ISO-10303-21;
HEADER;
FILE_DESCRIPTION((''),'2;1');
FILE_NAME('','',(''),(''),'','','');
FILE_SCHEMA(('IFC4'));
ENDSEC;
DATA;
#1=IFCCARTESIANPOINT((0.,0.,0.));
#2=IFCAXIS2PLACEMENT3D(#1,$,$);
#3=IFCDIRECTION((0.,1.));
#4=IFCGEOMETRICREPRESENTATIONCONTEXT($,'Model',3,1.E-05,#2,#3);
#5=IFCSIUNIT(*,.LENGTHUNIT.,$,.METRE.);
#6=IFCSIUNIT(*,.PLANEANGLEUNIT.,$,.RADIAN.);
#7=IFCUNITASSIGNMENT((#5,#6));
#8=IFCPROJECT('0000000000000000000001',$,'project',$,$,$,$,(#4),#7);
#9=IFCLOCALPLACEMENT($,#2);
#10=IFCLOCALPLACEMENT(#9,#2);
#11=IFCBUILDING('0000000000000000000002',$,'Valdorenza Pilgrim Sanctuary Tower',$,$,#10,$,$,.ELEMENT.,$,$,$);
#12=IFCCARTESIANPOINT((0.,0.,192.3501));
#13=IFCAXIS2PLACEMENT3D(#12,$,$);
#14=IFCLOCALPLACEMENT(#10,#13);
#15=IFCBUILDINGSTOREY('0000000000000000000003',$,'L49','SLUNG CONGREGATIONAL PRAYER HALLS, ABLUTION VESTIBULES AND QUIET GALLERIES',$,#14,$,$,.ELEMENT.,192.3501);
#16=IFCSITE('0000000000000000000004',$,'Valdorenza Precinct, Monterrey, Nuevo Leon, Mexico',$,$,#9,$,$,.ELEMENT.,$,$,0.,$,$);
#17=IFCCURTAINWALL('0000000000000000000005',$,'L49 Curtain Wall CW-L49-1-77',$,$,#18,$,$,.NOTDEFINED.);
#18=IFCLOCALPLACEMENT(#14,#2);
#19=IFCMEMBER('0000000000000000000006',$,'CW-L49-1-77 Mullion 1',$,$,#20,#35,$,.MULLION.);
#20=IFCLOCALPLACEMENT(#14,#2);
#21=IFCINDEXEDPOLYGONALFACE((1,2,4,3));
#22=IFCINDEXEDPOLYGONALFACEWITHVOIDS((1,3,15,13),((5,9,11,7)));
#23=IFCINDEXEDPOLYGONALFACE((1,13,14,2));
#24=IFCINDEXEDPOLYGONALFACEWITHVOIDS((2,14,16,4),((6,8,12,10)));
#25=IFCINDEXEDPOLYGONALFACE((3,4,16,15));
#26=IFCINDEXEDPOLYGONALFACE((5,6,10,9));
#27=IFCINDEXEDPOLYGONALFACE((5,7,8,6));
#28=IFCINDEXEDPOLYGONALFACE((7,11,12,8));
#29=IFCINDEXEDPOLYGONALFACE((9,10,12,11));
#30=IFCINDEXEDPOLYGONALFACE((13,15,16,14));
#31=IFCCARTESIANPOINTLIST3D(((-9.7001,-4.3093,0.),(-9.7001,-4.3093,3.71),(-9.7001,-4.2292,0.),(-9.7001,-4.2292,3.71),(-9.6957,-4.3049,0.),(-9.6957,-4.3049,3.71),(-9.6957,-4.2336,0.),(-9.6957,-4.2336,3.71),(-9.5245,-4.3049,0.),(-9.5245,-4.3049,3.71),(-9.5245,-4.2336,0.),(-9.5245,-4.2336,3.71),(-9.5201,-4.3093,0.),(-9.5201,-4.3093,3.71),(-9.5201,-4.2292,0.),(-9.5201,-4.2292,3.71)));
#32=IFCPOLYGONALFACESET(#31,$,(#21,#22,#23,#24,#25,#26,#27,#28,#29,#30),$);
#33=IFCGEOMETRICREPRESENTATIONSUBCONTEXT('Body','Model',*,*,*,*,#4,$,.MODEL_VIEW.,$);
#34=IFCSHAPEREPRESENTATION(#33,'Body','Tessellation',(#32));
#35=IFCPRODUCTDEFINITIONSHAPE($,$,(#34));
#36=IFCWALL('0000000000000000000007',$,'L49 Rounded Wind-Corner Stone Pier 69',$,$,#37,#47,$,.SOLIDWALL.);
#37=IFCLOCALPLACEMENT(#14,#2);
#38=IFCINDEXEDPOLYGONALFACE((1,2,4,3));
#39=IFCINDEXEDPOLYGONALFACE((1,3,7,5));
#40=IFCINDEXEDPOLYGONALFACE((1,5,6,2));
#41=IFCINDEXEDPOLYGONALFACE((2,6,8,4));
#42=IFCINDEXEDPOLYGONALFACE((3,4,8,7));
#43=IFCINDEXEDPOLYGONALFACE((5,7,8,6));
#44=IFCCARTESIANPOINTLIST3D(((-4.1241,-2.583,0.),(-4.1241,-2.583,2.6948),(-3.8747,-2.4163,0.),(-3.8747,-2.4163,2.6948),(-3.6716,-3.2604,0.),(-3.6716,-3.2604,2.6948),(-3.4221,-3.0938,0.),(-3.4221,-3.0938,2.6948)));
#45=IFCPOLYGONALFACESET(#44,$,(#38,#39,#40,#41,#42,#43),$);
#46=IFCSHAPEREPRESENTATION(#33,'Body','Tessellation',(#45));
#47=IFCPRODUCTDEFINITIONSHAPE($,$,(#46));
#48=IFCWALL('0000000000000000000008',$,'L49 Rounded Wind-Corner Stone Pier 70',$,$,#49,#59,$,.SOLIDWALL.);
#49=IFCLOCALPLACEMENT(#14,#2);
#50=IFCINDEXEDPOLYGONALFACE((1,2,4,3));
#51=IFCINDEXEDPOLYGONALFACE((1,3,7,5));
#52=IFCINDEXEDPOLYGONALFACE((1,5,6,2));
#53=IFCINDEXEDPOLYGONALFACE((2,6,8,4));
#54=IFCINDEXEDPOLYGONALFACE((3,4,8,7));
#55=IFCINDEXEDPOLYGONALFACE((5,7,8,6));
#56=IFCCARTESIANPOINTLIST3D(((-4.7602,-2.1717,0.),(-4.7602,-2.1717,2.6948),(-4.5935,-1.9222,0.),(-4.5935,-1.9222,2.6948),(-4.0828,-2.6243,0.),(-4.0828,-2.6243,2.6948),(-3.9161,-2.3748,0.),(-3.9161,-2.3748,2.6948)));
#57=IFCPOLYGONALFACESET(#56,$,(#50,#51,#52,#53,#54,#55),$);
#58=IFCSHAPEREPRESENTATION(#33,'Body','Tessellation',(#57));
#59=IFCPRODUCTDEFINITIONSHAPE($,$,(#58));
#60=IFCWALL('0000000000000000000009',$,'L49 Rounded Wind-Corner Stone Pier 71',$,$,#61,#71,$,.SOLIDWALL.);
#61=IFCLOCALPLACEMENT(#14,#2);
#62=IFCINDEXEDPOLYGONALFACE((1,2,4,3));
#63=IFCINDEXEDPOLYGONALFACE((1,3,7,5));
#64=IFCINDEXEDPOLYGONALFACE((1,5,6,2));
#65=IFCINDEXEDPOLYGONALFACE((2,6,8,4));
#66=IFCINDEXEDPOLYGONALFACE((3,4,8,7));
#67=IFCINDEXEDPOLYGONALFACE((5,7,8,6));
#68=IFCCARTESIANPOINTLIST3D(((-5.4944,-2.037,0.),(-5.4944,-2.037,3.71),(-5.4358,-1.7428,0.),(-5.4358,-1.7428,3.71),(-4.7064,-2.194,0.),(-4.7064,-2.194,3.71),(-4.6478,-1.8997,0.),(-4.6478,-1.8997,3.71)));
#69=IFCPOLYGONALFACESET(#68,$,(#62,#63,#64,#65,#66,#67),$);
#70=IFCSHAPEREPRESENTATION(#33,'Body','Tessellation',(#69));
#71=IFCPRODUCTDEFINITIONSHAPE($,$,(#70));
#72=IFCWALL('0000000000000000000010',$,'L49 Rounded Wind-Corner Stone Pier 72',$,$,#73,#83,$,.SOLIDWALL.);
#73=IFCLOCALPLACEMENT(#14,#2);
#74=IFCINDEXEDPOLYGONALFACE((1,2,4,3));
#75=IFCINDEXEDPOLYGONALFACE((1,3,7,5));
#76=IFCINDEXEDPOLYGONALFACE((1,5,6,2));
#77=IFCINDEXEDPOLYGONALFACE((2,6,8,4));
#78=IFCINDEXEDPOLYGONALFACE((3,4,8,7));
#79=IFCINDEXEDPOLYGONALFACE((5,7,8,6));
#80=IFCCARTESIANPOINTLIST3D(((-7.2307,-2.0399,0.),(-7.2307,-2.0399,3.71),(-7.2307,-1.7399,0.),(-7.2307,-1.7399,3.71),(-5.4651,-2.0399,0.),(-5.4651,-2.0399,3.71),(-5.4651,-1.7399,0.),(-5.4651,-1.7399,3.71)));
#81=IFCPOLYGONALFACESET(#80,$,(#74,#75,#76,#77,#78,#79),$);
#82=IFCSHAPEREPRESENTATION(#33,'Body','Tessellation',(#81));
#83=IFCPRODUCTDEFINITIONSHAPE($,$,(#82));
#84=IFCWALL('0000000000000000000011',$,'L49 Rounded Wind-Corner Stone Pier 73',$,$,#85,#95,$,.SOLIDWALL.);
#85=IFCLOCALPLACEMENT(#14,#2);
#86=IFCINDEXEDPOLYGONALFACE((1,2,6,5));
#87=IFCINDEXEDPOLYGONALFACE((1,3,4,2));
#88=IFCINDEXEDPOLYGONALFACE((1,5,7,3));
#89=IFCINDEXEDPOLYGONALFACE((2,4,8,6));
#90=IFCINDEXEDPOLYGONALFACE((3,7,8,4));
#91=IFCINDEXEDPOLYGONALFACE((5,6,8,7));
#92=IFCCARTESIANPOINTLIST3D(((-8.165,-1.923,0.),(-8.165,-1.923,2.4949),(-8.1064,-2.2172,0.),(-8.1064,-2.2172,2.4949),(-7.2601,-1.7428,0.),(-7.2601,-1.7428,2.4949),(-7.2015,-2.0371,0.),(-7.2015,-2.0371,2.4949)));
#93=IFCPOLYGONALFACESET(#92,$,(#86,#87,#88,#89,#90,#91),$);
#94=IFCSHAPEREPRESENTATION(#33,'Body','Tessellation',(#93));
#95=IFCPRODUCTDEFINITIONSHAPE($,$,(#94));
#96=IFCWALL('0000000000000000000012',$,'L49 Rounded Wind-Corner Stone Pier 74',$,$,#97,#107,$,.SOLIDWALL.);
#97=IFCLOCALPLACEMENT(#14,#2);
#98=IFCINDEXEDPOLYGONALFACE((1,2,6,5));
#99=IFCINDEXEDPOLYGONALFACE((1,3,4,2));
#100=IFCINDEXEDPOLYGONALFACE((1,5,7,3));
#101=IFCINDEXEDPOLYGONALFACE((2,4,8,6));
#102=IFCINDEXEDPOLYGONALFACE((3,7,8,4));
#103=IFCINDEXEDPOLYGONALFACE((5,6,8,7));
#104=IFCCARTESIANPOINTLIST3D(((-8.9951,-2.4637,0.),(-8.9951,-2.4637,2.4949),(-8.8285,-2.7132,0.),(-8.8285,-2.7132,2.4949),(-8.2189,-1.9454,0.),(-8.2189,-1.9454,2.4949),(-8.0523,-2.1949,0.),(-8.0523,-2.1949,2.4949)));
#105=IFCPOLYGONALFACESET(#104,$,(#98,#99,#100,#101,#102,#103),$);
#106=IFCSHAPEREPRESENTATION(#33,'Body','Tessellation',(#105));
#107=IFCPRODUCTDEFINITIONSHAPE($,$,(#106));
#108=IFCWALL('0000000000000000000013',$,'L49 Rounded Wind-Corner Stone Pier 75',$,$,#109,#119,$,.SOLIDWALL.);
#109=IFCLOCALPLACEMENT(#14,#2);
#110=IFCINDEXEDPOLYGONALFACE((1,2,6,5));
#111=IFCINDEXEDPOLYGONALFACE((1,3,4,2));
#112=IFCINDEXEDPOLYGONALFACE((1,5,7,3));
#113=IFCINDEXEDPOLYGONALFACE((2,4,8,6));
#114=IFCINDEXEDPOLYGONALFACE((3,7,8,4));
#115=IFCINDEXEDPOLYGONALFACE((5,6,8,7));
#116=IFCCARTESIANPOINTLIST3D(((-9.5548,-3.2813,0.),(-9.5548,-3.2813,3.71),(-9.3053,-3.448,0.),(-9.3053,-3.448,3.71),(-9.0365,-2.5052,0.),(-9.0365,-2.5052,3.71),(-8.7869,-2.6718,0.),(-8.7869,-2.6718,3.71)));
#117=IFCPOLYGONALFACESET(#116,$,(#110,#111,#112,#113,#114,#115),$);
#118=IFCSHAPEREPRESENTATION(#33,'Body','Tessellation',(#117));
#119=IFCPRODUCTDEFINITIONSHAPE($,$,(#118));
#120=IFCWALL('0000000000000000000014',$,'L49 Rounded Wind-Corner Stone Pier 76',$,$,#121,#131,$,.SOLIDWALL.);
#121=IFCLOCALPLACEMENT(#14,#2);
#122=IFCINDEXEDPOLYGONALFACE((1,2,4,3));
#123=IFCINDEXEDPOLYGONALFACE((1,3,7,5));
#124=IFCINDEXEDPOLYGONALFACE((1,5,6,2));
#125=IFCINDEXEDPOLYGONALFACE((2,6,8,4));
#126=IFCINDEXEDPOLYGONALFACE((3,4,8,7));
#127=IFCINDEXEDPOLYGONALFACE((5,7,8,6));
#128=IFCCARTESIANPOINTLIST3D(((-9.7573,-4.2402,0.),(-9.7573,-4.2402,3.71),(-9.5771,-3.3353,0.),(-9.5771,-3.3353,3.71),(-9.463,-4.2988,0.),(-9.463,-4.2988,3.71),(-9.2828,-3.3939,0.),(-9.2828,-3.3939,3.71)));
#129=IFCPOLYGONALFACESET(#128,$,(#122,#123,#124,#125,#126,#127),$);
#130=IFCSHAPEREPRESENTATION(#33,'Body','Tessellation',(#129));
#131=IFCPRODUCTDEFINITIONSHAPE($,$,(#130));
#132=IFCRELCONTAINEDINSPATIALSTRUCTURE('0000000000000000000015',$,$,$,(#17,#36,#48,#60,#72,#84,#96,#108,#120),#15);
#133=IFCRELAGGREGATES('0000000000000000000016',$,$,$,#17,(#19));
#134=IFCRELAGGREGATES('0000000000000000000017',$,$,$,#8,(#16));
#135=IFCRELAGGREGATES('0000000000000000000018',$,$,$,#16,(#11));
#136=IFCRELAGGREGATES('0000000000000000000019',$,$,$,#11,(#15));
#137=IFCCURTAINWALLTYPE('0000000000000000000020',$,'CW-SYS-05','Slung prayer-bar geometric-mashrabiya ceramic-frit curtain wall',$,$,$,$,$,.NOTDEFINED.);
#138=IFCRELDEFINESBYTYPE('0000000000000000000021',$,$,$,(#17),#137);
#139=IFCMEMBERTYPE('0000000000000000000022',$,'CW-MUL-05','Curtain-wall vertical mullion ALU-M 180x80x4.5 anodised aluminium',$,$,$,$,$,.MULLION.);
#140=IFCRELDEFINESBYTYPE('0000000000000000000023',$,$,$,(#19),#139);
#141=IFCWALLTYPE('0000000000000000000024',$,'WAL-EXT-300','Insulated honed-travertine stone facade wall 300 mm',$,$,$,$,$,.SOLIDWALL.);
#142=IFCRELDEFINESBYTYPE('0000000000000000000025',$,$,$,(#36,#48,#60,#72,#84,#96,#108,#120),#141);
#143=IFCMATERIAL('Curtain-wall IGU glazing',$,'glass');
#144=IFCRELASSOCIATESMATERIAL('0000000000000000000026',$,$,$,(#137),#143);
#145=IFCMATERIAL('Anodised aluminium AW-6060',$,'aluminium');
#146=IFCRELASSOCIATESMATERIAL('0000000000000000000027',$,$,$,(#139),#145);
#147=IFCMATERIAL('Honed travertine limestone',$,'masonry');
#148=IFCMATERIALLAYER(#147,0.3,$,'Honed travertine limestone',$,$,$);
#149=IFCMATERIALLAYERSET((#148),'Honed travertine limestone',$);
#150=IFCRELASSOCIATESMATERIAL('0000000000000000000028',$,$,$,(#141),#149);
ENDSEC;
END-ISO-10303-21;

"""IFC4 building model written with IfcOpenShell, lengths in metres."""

from ifc_helpers import new_model, si_unit, direction, frame, frame_2d, origin, origin_2d, place, context, subcontext, project, spatial, rectangle, hollow_rectangle, extrude, source, transform, mapped, material, layer, layer_set, material_profile, profile_set, type_object, element, aggregate, save


model = new_model("IFC4")

# Units and contexts
model_context = context("Model", 3, precision=1e-05, world=origin(), true_north=direction((0.0, 1.0)))
body_context = subcontext(model_context, "Body", "Model", "MODEL_VIEW")
ifc_project = project(units=[si_unit("LENGTHUNIT", "METRE"), si_unit("PLANEANGLEUNIT", "RADIAN")], contexts=[model_context])

# Site, building, storey
site_placement = place(None, origin())
site = spatial("IfcSite", under=ifc_project, at=site_placement, Name="Valdorenza Precinct, Monterrey, Nuevo Leon, Mexico", CompositionType="ELEMENT", RefElevation=0.0)
building_placement = place(site_placement, origin())
building = spatial("IfcBuilding", under=site, at=building_placement, Name="Valdorenza Pilgrim Sanctuary Tower", CompositionType="ELEMENT")
storey_placement = place(building_placement, frame((0.0, 0.0, 192.3501)))
storey = spatial("IfcBuildingStorey", under=building, at=storey_placement, Name="L49", Description="SLUNG CONGREGATIONAL PRAYER HALLS, ABLUTION VESTIBULES AND QUIET GALLERIES", CompositionType="ELEMENT", Elevation=192.3501)

# Curtain wall, member
ifc_material_1 = material(Name="Curtain-wall IGU glazing", Category="glass")
curtain_wall_type = type_object("IfcCurtainWallType", Name="CW-SYS-05", Description="Slung prayer-bar geometric-mashrabiya ceramic-frit curtain wall", PredefinedType="NOTDEFINED", material=ifc_material_1)
curtain_wall_placement = place(storey_placement, origin())
curtain_wall = element("IfcCurtainWall", 1, at=curtain_wall_placement, inside=storey, type_object=curtain_wall_type, Name="L49 Curtain Wall CW-L49-1-77", PredefinedType="NOTDEFINED")
ifc_material_2 = material(Name="Anodised aluminium AW-6060", Category="aluminium")
ifc_material_profile_1 = material_profile(ifc_material_2, hollow_rectangle(XDim=0.0801, YDim=0.1799, WallThickness=0.0044, at=origin_2d()), Name="ALU-M 180x80x4.5")
ifc_profile_set_1 = profile_set([ifc_material_profile_1], Name="Anodised aluminium AW-6060")
member_type_1 = type_object("IfcMemberType", Name="CW-MUL-05", Description="Curtain-wall vertical mullion ALU-M 180x80x4.5 anodised aluminium", PredefinedType="MULLION", material=ifc_profile_set_1)
shared_shape_1 = source(origin(), body_context, "Body", "SweptSolid", [
    extrude(hollow_rectangle(XDim=0.0801, YDim=0.1799, WallThickness=0.0044, at=origin_2d()), origin(), (0.0, 0.0, 1.0), 3.71),
])
member_1_placement = place(storey_placement, frame((-9.6101, -4.2693, 0.0), z_axis=(0.0, 0.0, 1.0), x_axis=(0.0, -1.0, 0.0)))
member_1 = element("IfcMember", 2, at=member_1_placement, type_object=member_type_1, Name="CW-L49-1-77 Mullion 1", PredefinedType="MULLION", context=body_context, shape_type="MappedRepresentation", body=[
    mapped(shared_shape_1, transform((0.0, 0.0, 0.0), x_axis=(1.0, 0.0, 0.0), y_axis=(0.0, 1.0, 0.0), z_axis=(0.0, 0.0, 1.0), scale=1.0)),
])
aggregate(curtain_wall, [member_1])

# Walls
ifc_material_3 = material(Name="Honed travertine limestone", Category="masonry")
ifc_layer = layer(ifc_material_3, 0.3, Name="Honed travertine limestone")
ifc_layer_set = layer_set([ifc_layer], Name="Honed travertine limestone")
wall_type = type_object("IfcWallType", Name="WAL-EXT-300", Description="Insulated honed-travertine stone facade wall 300 mm", PredefinedType="SOLIDWALL", material=ifc_layer_set)
for number, where, z_axis, x_axis, name in (
    (3, (-3.5469, -3.177, 0.0), (0.0, 0.0, 1.0), (-0.55553, 0.831497, 0.0), "L49 Rounded Wind-Corner Stone Pier 69"),
    (4, (-3.9995, -2.4995, 0.0), (0.0, 0.0, 1.0), (-0.831497, 0.55553, 0.0), "L49 Rounded Wind-Corner Stone Pier 70"),
):
    element("IfcWall", number, at=place(storey_placement, frame(where, z_axis=z_axis, x_axis=x_axis)), inside=storey, type_object=wall_type, Name=name, PredefinedType="SOLIDWALL", context=body_context, shape_type="SweptSolid", body=[
        extrude(rectangle(XDim=0.8147, YDim=0.3, at=frame_2d((0.4072, 0.0))), origin(), (0.0, 0.0, 1.0), 2.6948),
    ])
wall_1_placement = place(storey_placement, frame((-4.677, -2.0469, 0.0), z_axis=(0.0, 0.0, 1.0), x_axis=(-0.980732, 0.195357, 0.0)))
element("IfcWall", 5, at=wall_1_placement, inside=storey, type_object=wall_type, Name="L49 Rounded Wind-Corner Stone Pier 71", PredefinedType="SOLIDWALL", context=body_context, shape_type="SweptSolid", body=[
    extrude(rectangle(XDim=0.8035, YDim=0.3, at=frame_2d((0.4019, 0.0))), origin(), (0.0, 0.0, 1.0), 3.71),
])
wall_2_placement = place(storey_placement, frame((-5.4651, -1.8899, 0.0), z_axis=(0.0, 0.0, 1.0), x_axis=(-1.0, 0.0, 0.0)))
element("IfcWall", 6, at=wall_2_placement, inside=storey, type_object=wall_type, Name="L49 Rounded Wind-Corner Stone Pier 72", PredefinedType="SOLIDWALL", context=body_context, shape_type="SweptSolid", body=[
    extrude(rectangle(XDim=1.7656, YDim=0.3, at=frame_2d((0.8828, 0.0))), origin(), (0.0, 0.0, 1.0), 3.71),
])
wall_3_placement = place(storey_placement, frame((-7.2307, -1.8899, 0.0), z_axis=(0.0, 0.0, 1.0), x_axis=(-0.980743, -0.195302, 0.0)))
element("IfcWall", 7, at=wall_3_placement, inside=storey, type_object=wall_type, Name="L49 Rounded Wind-Corner Stone Pier 73", PredefinedType="SOLIDWALL", context=body_context, shape_type="SweptSolid", body=[
    extrude(rectangle(XDim=0.9226, YDim=0.3, at=frame_2d((0.4614, 0.0))), origin(), (0.0, 0.0, 1.0), 2.4949),
])
wall_4_placement = place(storey_placement, frame((-8.1355, -2.0701, 0.0), z_axis=(0.0, 0.0, 1.0), x_axis=(-0.831607, -0.555364, 0.0)))
element("IfcWall", 8, at=wall_4_placement, inside=storey, type_object=wall_type, Name="L49 Rounded Wind-Corner Stone Pier 74", PredefinedType="SOLIDWALL", context=body_context, shape_type="SweptSolid", body=[
    extrude(rectangle(XDim=0.9333, YDim=0.3, at=frame_2d((0.4668, 0.0))), origin(), (0.0, 0.0, 1.0), 2.4949),
])
wall_5_placement = place(storey_placement, frame((-8.9116, -2.5884, 0.0), z_axis=(0.0, 0.0, 1.0), x_axis=(-0.555364, -0.831607, 0.0)))
element("IfcWall", 9, at=wall_5_placement, inside=storey, type_object=wall_type, Name="L49 Rounded Wind-Corner Stone Pier 75", PredefinedType="SOLIDWALL", context=body_context, shape_type="SweptSolid", body=[
    extrude(rectangle(XDim=0.9333, YDim=0.3, at=frame_2d((0.4668, 0.0))), origin(), (0.0, 0.0, 1.0), 3.71),
])
wall_6_placement = place(storey_placement, frame((-9.4299, -3.3645, 0.0), z_axis=(0.0, 0.0, 1.0), x_axis=(-0.195302, -0.980743, 0.0)))
element("IfcWall", 10, at=wall_6_placement, inside=storey, type_object=wall_type, Name="L49 Rounded Wind-Corner Stone Pier 76", PredefinedType="SOLIDWALL", context=body_context, shape_type="SweptSolid", body=[
    extrude(rectangle(XDim=0.9226, YDim=0.3, at=frame_2d((0.4614, 0.0))), origin(), (0.0, 0.0, 1.0), 3.71),
])

save(model, "model.ifc")
